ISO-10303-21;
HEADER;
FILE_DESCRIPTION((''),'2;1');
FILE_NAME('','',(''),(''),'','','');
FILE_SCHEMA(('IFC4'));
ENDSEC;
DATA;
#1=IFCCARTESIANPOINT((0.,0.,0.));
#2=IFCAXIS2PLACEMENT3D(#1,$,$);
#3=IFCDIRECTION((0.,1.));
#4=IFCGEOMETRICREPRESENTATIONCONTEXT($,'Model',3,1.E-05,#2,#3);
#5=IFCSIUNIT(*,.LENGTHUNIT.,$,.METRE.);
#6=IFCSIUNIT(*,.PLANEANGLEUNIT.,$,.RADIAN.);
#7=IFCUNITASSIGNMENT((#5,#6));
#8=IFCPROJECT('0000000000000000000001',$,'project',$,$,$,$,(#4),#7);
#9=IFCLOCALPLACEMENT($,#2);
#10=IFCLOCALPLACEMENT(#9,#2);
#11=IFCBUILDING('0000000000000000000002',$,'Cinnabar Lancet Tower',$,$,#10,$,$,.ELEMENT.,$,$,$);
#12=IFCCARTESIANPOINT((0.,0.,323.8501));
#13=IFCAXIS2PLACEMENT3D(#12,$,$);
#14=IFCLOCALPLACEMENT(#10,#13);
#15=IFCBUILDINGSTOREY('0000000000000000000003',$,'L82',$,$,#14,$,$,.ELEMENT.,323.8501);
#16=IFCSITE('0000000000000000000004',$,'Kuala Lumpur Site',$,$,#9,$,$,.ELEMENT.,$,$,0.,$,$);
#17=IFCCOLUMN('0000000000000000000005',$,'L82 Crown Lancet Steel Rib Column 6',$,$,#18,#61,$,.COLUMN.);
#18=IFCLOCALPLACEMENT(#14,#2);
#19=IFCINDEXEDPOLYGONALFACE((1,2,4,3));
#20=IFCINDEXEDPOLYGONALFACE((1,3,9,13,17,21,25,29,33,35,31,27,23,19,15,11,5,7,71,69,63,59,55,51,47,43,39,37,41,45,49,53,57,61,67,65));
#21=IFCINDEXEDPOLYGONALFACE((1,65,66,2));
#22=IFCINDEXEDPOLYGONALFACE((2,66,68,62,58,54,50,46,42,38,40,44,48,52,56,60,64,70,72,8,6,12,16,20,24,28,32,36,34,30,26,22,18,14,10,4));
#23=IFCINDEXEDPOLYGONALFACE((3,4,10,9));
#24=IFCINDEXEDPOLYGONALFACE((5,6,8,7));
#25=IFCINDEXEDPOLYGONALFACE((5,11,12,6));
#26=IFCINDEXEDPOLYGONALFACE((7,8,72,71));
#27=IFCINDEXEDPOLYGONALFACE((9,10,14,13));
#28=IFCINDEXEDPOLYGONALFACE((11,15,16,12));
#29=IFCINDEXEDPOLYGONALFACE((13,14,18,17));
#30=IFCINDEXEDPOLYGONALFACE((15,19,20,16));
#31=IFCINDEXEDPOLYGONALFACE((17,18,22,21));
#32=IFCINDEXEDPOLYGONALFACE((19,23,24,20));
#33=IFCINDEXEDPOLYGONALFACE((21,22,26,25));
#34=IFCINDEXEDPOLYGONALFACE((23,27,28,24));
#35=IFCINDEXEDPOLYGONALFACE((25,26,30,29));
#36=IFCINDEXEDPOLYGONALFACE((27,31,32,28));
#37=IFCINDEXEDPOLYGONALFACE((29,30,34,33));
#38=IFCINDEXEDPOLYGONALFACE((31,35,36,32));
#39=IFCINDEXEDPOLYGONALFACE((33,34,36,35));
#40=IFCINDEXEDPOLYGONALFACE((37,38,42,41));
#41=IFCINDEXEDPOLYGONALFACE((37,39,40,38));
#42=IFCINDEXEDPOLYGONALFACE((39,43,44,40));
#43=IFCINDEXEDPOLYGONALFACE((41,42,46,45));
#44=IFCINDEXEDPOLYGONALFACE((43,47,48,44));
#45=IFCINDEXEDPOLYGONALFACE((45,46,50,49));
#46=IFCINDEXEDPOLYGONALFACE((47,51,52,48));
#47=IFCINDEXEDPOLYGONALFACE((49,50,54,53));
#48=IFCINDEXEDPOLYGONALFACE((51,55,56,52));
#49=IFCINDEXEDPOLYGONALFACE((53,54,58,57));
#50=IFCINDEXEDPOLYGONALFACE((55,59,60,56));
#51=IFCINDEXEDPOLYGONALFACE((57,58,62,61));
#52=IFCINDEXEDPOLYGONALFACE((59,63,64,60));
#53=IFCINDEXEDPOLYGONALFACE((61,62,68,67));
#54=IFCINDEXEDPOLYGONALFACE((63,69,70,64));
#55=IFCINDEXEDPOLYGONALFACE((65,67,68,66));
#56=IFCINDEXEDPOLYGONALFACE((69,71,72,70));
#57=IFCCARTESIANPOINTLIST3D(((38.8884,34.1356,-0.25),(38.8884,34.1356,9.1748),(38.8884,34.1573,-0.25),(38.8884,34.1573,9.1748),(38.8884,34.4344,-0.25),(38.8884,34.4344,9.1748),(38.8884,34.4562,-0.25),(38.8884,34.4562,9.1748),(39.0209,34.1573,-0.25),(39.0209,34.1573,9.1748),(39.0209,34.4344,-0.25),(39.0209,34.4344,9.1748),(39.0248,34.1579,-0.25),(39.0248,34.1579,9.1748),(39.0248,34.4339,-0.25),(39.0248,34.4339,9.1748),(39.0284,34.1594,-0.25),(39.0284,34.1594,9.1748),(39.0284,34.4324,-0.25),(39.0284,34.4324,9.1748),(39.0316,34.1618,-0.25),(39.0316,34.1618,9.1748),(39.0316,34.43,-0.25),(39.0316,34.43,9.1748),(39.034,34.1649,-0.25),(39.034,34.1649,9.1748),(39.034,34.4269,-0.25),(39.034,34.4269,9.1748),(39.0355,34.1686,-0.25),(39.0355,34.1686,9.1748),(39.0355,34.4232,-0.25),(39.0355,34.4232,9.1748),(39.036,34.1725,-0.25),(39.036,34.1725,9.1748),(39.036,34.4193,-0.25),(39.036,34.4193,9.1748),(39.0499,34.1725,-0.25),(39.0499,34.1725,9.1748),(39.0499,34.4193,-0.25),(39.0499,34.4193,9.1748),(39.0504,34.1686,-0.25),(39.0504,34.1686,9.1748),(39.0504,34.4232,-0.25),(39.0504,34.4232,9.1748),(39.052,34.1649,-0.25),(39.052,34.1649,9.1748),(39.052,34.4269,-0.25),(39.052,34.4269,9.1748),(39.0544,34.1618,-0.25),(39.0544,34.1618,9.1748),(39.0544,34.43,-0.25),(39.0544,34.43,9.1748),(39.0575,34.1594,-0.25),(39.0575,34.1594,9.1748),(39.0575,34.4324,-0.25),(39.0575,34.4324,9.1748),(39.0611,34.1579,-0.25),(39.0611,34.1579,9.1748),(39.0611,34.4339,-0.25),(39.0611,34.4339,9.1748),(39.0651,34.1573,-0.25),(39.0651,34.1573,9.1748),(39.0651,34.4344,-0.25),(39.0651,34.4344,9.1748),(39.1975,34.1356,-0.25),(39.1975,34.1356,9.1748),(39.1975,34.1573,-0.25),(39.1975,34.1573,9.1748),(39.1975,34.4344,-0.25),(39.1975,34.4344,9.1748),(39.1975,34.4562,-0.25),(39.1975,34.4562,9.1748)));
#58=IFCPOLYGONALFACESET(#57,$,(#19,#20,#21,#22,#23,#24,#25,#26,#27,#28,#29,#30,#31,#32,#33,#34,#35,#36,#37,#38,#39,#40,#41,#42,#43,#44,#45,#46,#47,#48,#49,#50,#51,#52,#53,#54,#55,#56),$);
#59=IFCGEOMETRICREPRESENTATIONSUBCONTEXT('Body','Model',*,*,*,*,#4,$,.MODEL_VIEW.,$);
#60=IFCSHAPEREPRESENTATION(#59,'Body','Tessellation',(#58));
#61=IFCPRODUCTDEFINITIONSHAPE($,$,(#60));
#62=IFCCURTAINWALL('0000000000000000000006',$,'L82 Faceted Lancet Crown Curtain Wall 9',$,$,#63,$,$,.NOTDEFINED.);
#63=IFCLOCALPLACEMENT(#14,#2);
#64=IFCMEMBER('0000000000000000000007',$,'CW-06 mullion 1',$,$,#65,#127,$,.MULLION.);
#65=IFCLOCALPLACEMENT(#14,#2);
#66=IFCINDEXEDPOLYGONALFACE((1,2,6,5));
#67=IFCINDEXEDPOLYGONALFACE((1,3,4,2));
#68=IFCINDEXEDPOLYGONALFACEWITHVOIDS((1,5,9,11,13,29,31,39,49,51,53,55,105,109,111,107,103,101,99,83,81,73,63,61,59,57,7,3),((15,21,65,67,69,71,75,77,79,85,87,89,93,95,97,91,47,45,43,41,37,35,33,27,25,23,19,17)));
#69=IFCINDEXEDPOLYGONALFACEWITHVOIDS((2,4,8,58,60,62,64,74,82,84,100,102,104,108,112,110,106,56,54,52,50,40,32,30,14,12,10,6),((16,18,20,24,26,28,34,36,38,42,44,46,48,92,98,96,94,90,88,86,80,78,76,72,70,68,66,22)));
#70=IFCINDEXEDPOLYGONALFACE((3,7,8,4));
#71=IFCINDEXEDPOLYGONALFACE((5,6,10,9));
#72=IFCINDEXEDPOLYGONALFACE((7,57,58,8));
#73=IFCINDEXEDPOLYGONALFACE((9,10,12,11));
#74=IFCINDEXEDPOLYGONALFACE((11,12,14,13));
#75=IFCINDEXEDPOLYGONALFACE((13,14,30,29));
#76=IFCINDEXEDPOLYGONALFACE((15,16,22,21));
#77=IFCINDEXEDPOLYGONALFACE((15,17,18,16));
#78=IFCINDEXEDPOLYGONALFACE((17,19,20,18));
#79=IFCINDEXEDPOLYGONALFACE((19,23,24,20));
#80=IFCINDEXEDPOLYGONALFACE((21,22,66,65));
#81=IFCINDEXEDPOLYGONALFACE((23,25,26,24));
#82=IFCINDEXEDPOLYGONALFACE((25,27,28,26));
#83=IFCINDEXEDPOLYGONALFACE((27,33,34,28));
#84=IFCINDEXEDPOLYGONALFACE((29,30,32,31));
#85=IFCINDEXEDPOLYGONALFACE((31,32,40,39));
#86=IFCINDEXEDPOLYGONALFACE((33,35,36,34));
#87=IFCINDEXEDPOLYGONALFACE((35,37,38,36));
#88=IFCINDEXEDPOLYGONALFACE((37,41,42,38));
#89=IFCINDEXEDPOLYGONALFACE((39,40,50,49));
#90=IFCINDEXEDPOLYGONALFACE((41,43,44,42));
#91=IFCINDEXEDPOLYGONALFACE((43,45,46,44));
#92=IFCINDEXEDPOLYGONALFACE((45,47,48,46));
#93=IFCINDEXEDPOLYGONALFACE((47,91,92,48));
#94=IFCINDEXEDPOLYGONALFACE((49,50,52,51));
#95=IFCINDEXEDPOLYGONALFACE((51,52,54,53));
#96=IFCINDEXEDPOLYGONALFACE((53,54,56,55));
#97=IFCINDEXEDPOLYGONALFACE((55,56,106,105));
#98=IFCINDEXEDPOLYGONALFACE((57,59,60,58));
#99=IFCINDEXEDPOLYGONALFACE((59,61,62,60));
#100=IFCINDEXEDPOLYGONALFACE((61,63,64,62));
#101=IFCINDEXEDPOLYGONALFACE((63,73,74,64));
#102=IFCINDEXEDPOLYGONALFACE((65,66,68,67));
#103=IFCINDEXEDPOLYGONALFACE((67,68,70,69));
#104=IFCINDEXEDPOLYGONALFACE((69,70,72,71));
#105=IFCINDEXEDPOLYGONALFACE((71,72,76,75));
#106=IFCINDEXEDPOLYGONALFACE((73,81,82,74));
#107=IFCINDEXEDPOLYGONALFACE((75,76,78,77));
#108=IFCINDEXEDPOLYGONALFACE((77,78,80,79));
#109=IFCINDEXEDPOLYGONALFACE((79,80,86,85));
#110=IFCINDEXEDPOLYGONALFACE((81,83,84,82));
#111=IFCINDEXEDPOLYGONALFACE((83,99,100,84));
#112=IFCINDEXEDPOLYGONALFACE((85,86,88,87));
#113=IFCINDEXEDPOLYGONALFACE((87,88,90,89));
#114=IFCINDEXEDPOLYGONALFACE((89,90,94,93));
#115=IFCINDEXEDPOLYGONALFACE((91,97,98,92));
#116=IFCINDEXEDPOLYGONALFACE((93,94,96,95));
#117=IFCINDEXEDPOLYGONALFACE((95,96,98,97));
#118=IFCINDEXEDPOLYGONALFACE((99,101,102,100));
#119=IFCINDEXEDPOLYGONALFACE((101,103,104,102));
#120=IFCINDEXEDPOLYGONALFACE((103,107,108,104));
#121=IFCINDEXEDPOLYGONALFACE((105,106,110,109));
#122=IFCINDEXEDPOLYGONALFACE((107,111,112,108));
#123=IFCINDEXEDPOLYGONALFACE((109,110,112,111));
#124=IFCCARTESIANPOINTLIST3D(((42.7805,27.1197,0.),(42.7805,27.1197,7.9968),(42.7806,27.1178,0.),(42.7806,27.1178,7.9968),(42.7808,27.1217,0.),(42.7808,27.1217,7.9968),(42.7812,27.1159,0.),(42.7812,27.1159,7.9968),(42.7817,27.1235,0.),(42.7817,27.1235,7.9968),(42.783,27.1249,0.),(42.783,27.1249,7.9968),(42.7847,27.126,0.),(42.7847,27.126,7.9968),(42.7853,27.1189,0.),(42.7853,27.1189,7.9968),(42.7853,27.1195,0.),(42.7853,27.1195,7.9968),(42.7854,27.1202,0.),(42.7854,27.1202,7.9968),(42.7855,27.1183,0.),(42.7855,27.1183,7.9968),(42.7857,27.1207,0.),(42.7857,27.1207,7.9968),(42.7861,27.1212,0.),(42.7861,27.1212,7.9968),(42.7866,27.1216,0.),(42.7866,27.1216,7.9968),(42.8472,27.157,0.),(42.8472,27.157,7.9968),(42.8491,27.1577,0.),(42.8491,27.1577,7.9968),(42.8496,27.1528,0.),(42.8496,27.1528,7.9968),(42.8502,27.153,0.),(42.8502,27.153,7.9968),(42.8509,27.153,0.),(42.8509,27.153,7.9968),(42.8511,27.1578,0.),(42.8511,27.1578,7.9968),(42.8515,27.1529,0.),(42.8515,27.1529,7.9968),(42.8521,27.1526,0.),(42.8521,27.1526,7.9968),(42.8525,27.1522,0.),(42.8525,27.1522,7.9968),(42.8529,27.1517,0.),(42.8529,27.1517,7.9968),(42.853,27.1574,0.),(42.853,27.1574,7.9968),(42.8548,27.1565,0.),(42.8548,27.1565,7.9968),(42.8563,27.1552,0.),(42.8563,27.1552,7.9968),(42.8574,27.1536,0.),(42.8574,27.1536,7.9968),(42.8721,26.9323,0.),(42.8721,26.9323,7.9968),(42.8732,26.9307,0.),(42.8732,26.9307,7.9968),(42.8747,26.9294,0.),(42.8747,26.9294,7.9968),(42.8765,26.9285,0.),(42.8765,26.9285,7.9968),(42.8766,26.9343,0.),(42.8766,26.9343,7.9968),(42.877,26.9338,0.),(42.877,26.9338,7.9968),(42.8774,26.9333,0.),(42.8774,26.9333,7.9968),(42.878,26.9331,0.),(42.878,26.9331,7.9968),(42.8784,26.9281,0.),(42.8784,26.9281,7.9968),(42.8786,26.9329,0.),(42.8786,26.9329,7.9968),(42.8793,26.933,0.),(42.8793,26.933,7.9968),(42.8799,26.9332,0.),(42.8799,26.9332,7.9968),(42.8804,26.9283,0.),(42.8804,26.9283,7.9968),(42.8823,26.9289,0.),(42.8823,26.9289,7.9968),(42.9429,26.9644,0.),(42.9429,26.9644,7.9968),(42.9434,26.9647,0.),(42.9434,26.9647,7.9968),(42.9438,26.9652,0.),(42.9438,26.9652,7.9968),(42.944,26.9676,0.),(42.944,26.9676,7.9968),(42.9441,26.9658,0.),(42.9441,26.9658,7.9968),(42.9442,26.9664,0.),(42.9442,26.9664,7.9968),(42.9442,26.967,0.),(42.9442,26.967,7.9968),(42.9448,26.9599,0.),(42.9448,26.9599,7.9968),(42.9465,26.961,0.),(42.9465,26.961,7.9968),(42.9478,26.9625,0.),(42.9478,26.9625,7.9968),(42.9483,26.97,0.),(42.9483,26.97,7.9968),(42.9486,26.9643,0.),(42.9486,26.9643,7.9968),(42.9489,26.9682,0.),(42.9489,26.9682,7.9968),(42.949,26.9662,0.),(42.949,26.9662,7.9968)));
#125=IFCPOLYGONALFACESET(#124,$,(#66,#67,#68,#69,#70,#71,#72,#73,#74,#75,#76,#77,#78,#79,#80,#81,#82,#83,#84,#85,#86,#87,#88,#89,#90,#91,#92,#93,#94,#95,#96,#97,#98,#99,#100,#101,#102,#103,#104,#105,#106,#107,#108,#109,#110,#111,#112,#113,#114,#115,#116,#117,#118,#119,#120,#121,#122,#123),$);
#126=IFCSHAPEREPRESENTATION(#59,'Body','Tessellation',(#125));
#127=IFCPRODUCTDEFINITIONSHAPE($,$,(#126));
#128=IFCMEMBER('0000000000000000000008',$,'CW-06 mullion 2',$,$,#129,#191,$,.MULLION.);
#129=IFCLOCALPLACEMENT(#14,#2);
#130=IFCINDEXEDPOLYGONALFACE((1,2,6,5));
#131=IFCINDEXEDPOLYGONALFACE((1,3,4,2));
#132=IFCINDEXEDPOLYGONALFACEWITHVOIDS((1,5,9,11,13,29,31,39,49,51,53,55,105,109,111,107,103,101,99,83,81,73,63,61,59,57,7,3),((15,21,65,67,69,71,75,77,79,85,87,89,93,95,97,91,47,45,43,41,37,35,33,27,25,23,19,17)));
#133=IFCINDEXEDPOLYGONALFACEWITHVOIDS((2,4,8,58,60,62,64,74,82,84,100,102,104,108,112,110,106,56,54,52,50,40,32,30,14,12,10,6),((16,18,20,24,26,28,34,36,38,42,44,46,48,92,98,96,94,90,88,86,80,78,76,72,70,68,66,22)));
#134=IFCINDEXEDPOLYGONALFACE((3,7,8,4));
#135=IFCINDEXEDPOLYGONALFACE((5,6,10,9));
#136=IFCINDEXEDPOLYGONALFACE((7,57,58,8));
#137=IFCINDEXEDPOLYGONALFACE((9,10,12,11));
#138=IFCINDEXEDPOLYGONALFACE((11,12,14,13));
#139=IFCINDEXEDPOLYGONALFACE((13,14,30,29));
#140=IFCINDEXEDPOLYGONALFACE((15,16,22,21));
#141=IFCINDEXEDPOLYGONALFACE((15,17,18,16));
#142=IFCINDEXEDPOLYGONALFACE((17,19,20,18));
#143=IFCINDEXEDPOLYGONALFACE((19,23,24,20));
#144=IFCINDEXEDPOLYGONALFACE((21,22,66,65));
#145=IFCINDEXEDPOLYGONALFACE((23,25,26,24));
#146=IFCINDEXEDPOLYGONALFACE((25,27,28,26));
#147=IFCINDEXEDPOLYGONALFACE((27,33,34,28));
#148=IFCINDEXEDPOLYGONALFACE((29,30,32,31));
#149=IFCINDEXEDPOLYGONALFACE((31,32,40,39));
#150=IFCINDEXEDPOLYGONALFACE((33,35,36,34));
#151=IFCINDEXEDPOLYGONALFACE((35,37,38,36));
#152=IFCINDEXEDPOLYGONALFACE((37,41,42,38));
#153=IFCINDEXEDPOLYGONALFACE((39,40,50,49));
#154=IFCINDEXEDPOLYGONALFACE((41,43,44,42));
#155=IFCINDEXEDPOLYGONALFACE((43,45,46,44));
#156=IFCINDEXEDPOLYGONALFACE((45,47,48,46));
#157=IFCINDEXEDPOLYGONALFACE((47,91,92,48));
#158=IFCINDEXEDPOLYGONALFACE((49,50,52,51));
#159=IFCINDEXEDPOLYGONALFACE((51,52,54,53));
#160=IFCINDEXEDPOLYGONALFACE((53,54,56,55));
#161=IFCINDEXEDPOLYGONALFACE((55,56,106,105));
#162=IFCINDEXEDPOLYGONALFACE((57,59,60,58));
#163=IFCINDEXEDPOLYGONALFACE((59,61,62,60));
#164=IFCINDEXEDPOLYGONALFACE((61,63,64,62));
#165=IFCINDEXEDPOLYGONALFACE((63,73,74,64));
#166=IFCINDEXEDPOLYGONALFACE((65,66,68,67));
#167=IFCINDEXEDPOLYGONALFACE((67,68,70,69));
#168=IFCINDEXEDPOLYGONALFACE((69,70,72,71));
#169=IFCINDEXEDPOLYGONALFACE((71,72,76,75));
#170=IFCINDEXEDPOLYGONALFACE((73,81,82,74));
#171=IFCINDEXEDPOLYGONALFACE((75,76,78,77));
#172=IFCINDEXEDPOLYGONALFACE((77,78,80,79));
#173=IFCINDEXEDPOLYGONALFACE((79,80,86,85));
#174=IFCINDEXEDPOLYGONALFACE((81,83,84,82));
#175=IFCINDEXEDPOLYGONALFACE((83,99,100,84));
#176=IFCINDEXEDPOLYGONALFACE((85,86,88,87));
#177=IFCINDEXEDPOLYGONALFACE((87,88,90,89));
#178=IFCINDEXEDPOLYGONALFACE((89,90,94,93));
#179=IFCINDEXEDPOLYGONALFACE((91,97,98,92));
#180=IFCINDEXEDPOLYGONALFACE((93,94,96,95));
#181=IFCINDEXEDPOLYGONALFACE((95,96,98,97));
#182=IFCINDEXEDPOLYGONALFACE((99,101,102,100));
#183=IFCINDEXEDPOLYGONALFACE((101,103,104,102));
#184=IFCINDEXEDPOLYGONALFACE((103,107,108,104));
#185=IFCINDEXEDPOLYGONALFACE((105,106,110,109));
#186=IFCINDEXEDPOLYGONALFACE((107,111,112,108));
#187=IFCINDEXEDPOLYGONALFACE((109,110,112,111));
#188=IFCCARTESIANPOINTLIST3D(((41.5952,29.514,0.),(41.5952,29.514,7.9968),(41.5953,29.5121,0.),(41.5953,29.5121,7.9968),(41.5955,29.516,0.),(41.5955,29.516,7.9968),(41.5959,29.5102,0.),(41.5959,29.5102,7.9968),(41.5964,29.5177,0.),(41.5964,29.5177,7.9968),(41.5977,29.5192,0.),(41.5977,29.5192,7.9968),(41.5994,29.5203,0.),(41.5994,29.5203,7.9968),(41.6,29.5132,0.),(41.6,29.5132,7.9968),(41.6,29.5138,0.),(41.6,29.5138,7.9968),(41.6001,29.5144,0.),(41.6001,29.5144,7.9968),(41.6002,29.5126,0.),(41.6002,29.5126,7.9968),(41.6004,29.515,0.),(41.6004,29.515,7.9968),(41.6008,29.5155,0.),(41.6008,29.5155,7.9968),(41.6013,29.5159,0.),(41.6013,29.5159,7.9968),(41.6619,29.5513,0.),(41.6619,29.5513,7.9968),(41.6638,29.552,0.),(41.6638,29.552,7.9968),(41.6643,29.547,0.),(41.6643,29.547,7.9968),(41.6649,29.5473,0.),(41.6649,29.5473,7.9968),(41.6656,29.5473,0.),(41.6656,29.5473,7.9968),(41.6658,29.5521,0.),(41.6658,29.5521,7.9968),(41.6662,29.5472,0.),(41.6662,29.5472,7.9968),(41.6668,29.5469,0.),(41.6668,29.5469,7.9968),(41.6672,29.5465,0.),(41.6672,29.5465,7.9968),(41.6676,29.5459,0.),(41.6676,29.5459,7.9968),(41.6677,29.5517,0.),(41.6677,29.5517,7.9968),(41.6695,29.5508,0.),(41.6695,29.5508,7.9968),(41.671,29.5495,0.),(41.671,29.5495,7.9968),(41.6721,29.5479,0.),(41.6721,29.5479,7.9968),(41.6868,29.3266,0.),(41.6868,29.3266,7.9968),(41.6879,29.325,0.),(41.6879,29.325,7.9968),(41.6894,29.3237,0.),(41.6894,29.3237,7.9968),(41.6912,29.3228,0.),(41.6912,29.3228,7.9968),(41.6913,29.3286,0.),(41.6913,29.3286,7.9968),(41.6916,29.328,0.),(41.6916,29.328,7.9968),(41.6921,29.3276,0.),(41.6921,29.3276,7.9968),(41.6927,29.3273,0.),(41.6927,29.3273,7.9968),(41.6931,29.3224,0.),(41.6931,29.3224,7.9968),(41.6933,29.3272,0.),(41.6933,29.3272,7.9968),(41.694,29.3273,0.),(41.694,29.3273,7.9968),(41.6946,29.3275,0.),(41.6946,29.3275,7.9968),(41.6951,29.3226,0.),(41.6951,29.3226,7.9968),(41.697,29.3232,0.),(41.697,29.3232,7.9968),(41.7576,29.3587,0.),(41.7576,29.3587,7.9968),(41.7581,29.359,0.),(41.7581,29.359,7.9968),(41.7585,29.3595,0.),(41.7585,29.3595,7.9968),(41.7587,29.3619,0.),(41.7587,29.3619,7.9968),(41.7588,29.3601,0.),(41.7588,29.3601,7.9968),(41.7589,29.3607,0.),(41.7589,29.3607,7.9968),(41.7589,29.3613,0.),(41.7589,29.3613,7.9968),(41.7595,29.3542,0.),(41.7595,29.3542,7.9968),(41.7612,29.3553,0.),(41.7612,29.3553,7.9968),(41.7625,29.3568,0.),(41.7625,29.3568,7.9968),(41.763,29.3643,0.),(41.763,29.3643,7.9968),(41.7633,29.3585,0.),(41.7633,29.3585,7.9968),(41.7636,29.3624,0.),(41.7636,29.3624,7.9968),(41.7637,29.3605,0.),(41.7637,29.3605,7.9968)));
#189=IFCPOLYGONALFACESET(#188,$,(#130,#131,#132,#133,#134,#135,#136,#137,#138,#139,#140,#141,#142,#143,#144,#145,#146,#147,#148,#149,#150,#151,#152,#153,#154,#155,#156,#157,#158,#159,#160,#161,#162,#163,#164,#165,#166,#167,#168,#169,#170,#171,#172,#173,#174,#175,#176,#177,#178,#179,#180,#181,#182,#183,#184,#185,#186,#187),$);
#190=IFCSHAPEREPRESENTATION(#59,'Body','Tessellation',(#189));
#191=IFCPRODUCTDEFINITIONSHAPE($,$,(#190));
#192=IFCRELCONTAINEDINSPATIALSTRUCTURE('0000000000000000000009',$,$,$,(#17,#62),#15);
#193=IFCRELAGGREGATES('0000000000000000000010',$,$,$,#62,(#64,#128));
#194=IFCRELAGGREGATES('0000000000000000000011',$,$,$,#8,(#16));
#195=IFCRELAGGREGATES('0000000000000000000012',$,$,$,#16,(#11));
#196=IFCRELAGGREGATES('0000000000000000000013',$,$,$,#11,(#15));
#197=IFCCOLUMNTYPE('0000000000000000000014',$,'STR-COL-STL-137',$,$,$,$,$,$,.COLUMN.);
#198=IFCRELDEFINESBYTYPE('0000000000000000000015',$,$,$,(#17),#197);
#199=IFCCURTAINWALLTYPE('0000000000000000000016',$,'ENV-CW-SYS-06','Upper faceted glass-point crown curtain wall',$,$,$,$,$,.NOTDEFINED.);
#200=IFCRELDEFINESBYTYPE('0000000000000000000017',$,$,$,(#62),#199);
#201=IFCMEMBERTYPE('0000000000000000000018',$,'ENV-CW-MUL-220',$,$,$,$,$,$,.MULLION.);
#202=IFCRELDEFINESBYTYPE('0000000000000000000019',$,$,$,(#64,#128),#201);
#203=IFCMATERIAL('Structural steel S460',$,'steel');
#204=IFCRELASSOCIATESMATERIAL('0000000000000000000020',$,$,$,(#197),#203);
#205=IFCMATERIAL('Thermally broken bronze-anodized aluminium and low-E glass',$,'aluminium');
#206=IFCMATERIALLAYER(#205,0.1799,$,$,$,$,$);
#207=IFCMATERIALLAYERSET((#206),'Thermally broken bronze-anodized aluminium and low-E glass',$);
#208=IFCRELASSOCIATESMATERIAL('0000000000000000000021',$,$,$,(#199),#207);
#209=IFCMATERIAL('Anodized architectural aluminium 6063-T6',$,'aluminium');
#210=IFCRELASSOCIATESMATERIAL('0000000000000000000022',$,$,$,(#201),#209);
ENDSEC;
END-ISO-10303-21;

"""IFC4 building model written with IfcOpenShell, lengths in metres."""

from ifc_helpers import new_model, si_unit, direction, frame, origin, origin_2d, place, context, subcontext, project, spatial, hollow_rectangle, i_section, extrude, material, layer, layer_set, material_profile, profile_set, type_object, element, aggregate, save


model = new_model("IFC4")

# Units and contexts
model_context = context("Model", 3, precision=1e-05, world=origin(), true_north=direction((0.0, 1.0)))
body_context = subcontext(model_context, "Body", "Model", "MODEL_VIEW")
ifc_project = project(units=[si_unit("LENGTHUNIT", "METRE"), si_unit("PLANEANGLEUNIT", "RADIAN")], contexts=[model_context])

# Site, building, storey
site_placement = place(None, origin())
site = spatial("IfcSite", under=ifc_project, at=site_placement, Name="Kuala Lumpur Site", CompositionType="ELEMENT", RefElevation=0.0)
building_placement = place(site_placement, origin())
building = spatial("IfcBuilding", under=site, at=building_placement, Name="Cinnabar Lancet Tower", CompositionType="ELEMENT")
storey_placement = place(building_placement, frame((0.0, 0.0, 323.8501)))
storey = spatial("IfcBuildingStorey", under=building, at=storey_placement, Name="L82", CompositionType="ELEMENT", Elevation=323.8501)

# Column
ifc_material_1 = material(Name="Structural steel S460", Category="steel")
ifc_material_profile_1 = material_profile(ifc_material_1, i_section(OverallWidth=0.3091, OverallDepth=0.3206, WebThickness=0.0139, FlangeThickness=0.0217, FilletRadius=0.0151, at=origin_2d()), Name="UKC 305x305x137")
ifc_profile_set_1 = profile_set([ifc_material_profile_1], Name="Structural steel S460")
column_type = type_object("IfcColumnType", Name="STR-COL-STL-137", PredefinedType="COLUMN", material=ifc_profile_set_1)
column_placement = place(storey_placement, frame((39.043, 34.2959, -0.25), z_axis=(0.0, 0.0, 1.0), x_axis=(1.0, 0.0, 0.0)))
element("IfcColumn", 1, at=column_placement, inside=storey, type_object=column_type, Name="L82 Crown Lancet Steel Rib Column 6", PredefinedType="COLUMN", context=body_context, shape_type="SweptSolid", body=[
    extrude(i_section(OverallWidth=0.3091, OverallDepth=0.3206, WebThickness=0.0139, FlangeThickness=0.0217, FilletRadius=0.0151, at=origin_2d()), origin(), (0.0, 0.0, 1.0), 9.4248),
])

# Curtain wall, members
ifc_material_2 = material(Name="Thermally broken bronze-anodized aluminium and low-E glass", Category="aluminium")
ifc_layer_1 = layer(ifc_material_2, 0.1799)
ifc_layer_set_1 = layer_set([ifc_layer_1], Name="Thermally broken bronze-anodized aluminium and low-E glass")
curtain_wall_type = type_object("IfcCurtainWallType", Name="ENV-CW-SYS-06", Description="Upper faceted glass-point crown curtain wall", PredefinedType="NOTDEFINED", material=ifc_layer_set_1)
curtain_wall_1_placement = place(storey_placement, origin())
curtain_wall_1 = element("IfcCurtainWall", 2, at=curtain_wall_1_placement, inside=storey, type_object=curtain_wall_type, Name="L82 Faceted Lancet Crown Curtain Wall 9", PredefinedType="NOTDEFINED")
ifc_material_3 = material(Name="Anodized architectural aluminium 6063-T6", Category="aluminium")
ifc_material_profile_2 = material_profile(ifc_material_3, hollow_rectangle(XDim=0.085, YDim=0.22, WallThickness=0.0049, InnerFilletRadius=0.0024, OuterFilletRadius=0.0076, at=origin_2d()), Name="CW-MUL 220x85x5")
ifc_profile_set_2 = profile_set([ifc_material_profile_2], Name="Anodized architectural aluminium 6063-T6")
member_type_1 = type_object("IfcMemberType", Name="ENV-CW-MUL-220", PredefinedType="MULLION", material=ifc_profile_set_2)
member_1_placement = place(storey_placement, frame((42.8647, 27.043, 0.0), z_axis=(0.0, 0.0, 1.0), x_axis=(-0.896197, -0.443657, 0.0)))
member_1 = element("IfcMember", 3, at=member_1_placement, type_object=member_type_1, Name="CW-06 mullion 1", PredefinedType="MULLION", context=body_context, shape_type="SweptSolid", body=[
    extrude(hollow_rectangle(XDim=0.085, YDim=0.22, WallThickness=0.0049, InnerFilletRadius=0.0024, OuterFilletRadius=0.0076, at=origin_2d()), origin(), (0.0, 0.0, 1.0), 7.9968),
])
member_2_placement = place(storey_placement, frame((41.6794, 29.4373, 0.0), z_axis=(0.0, 0.0, 1.0), x_axis=(-0.896197, -0.443657, 0.0)))
member_2 = element("IfcMember", 4, at=member_2_placement, type_object=member_type_1, Name="CW-06 mullion 2", PredefinedType="MULLION", context=body_context, shape_type="SweptSolid", body=[
    extrude(hollow_rectangle(XDim=0.085, YDim=0.22, WallThickness=0.0049, InnerFilletRadius=0.0024, OuterFilletRadius=0.0076, at=origin_2d()), origin(), (0.0, 0.0, 1.0), 7.9968),
])

aggregate(curtain_wall_1, [member_1, member_2])

save(model, "model.ifc")
